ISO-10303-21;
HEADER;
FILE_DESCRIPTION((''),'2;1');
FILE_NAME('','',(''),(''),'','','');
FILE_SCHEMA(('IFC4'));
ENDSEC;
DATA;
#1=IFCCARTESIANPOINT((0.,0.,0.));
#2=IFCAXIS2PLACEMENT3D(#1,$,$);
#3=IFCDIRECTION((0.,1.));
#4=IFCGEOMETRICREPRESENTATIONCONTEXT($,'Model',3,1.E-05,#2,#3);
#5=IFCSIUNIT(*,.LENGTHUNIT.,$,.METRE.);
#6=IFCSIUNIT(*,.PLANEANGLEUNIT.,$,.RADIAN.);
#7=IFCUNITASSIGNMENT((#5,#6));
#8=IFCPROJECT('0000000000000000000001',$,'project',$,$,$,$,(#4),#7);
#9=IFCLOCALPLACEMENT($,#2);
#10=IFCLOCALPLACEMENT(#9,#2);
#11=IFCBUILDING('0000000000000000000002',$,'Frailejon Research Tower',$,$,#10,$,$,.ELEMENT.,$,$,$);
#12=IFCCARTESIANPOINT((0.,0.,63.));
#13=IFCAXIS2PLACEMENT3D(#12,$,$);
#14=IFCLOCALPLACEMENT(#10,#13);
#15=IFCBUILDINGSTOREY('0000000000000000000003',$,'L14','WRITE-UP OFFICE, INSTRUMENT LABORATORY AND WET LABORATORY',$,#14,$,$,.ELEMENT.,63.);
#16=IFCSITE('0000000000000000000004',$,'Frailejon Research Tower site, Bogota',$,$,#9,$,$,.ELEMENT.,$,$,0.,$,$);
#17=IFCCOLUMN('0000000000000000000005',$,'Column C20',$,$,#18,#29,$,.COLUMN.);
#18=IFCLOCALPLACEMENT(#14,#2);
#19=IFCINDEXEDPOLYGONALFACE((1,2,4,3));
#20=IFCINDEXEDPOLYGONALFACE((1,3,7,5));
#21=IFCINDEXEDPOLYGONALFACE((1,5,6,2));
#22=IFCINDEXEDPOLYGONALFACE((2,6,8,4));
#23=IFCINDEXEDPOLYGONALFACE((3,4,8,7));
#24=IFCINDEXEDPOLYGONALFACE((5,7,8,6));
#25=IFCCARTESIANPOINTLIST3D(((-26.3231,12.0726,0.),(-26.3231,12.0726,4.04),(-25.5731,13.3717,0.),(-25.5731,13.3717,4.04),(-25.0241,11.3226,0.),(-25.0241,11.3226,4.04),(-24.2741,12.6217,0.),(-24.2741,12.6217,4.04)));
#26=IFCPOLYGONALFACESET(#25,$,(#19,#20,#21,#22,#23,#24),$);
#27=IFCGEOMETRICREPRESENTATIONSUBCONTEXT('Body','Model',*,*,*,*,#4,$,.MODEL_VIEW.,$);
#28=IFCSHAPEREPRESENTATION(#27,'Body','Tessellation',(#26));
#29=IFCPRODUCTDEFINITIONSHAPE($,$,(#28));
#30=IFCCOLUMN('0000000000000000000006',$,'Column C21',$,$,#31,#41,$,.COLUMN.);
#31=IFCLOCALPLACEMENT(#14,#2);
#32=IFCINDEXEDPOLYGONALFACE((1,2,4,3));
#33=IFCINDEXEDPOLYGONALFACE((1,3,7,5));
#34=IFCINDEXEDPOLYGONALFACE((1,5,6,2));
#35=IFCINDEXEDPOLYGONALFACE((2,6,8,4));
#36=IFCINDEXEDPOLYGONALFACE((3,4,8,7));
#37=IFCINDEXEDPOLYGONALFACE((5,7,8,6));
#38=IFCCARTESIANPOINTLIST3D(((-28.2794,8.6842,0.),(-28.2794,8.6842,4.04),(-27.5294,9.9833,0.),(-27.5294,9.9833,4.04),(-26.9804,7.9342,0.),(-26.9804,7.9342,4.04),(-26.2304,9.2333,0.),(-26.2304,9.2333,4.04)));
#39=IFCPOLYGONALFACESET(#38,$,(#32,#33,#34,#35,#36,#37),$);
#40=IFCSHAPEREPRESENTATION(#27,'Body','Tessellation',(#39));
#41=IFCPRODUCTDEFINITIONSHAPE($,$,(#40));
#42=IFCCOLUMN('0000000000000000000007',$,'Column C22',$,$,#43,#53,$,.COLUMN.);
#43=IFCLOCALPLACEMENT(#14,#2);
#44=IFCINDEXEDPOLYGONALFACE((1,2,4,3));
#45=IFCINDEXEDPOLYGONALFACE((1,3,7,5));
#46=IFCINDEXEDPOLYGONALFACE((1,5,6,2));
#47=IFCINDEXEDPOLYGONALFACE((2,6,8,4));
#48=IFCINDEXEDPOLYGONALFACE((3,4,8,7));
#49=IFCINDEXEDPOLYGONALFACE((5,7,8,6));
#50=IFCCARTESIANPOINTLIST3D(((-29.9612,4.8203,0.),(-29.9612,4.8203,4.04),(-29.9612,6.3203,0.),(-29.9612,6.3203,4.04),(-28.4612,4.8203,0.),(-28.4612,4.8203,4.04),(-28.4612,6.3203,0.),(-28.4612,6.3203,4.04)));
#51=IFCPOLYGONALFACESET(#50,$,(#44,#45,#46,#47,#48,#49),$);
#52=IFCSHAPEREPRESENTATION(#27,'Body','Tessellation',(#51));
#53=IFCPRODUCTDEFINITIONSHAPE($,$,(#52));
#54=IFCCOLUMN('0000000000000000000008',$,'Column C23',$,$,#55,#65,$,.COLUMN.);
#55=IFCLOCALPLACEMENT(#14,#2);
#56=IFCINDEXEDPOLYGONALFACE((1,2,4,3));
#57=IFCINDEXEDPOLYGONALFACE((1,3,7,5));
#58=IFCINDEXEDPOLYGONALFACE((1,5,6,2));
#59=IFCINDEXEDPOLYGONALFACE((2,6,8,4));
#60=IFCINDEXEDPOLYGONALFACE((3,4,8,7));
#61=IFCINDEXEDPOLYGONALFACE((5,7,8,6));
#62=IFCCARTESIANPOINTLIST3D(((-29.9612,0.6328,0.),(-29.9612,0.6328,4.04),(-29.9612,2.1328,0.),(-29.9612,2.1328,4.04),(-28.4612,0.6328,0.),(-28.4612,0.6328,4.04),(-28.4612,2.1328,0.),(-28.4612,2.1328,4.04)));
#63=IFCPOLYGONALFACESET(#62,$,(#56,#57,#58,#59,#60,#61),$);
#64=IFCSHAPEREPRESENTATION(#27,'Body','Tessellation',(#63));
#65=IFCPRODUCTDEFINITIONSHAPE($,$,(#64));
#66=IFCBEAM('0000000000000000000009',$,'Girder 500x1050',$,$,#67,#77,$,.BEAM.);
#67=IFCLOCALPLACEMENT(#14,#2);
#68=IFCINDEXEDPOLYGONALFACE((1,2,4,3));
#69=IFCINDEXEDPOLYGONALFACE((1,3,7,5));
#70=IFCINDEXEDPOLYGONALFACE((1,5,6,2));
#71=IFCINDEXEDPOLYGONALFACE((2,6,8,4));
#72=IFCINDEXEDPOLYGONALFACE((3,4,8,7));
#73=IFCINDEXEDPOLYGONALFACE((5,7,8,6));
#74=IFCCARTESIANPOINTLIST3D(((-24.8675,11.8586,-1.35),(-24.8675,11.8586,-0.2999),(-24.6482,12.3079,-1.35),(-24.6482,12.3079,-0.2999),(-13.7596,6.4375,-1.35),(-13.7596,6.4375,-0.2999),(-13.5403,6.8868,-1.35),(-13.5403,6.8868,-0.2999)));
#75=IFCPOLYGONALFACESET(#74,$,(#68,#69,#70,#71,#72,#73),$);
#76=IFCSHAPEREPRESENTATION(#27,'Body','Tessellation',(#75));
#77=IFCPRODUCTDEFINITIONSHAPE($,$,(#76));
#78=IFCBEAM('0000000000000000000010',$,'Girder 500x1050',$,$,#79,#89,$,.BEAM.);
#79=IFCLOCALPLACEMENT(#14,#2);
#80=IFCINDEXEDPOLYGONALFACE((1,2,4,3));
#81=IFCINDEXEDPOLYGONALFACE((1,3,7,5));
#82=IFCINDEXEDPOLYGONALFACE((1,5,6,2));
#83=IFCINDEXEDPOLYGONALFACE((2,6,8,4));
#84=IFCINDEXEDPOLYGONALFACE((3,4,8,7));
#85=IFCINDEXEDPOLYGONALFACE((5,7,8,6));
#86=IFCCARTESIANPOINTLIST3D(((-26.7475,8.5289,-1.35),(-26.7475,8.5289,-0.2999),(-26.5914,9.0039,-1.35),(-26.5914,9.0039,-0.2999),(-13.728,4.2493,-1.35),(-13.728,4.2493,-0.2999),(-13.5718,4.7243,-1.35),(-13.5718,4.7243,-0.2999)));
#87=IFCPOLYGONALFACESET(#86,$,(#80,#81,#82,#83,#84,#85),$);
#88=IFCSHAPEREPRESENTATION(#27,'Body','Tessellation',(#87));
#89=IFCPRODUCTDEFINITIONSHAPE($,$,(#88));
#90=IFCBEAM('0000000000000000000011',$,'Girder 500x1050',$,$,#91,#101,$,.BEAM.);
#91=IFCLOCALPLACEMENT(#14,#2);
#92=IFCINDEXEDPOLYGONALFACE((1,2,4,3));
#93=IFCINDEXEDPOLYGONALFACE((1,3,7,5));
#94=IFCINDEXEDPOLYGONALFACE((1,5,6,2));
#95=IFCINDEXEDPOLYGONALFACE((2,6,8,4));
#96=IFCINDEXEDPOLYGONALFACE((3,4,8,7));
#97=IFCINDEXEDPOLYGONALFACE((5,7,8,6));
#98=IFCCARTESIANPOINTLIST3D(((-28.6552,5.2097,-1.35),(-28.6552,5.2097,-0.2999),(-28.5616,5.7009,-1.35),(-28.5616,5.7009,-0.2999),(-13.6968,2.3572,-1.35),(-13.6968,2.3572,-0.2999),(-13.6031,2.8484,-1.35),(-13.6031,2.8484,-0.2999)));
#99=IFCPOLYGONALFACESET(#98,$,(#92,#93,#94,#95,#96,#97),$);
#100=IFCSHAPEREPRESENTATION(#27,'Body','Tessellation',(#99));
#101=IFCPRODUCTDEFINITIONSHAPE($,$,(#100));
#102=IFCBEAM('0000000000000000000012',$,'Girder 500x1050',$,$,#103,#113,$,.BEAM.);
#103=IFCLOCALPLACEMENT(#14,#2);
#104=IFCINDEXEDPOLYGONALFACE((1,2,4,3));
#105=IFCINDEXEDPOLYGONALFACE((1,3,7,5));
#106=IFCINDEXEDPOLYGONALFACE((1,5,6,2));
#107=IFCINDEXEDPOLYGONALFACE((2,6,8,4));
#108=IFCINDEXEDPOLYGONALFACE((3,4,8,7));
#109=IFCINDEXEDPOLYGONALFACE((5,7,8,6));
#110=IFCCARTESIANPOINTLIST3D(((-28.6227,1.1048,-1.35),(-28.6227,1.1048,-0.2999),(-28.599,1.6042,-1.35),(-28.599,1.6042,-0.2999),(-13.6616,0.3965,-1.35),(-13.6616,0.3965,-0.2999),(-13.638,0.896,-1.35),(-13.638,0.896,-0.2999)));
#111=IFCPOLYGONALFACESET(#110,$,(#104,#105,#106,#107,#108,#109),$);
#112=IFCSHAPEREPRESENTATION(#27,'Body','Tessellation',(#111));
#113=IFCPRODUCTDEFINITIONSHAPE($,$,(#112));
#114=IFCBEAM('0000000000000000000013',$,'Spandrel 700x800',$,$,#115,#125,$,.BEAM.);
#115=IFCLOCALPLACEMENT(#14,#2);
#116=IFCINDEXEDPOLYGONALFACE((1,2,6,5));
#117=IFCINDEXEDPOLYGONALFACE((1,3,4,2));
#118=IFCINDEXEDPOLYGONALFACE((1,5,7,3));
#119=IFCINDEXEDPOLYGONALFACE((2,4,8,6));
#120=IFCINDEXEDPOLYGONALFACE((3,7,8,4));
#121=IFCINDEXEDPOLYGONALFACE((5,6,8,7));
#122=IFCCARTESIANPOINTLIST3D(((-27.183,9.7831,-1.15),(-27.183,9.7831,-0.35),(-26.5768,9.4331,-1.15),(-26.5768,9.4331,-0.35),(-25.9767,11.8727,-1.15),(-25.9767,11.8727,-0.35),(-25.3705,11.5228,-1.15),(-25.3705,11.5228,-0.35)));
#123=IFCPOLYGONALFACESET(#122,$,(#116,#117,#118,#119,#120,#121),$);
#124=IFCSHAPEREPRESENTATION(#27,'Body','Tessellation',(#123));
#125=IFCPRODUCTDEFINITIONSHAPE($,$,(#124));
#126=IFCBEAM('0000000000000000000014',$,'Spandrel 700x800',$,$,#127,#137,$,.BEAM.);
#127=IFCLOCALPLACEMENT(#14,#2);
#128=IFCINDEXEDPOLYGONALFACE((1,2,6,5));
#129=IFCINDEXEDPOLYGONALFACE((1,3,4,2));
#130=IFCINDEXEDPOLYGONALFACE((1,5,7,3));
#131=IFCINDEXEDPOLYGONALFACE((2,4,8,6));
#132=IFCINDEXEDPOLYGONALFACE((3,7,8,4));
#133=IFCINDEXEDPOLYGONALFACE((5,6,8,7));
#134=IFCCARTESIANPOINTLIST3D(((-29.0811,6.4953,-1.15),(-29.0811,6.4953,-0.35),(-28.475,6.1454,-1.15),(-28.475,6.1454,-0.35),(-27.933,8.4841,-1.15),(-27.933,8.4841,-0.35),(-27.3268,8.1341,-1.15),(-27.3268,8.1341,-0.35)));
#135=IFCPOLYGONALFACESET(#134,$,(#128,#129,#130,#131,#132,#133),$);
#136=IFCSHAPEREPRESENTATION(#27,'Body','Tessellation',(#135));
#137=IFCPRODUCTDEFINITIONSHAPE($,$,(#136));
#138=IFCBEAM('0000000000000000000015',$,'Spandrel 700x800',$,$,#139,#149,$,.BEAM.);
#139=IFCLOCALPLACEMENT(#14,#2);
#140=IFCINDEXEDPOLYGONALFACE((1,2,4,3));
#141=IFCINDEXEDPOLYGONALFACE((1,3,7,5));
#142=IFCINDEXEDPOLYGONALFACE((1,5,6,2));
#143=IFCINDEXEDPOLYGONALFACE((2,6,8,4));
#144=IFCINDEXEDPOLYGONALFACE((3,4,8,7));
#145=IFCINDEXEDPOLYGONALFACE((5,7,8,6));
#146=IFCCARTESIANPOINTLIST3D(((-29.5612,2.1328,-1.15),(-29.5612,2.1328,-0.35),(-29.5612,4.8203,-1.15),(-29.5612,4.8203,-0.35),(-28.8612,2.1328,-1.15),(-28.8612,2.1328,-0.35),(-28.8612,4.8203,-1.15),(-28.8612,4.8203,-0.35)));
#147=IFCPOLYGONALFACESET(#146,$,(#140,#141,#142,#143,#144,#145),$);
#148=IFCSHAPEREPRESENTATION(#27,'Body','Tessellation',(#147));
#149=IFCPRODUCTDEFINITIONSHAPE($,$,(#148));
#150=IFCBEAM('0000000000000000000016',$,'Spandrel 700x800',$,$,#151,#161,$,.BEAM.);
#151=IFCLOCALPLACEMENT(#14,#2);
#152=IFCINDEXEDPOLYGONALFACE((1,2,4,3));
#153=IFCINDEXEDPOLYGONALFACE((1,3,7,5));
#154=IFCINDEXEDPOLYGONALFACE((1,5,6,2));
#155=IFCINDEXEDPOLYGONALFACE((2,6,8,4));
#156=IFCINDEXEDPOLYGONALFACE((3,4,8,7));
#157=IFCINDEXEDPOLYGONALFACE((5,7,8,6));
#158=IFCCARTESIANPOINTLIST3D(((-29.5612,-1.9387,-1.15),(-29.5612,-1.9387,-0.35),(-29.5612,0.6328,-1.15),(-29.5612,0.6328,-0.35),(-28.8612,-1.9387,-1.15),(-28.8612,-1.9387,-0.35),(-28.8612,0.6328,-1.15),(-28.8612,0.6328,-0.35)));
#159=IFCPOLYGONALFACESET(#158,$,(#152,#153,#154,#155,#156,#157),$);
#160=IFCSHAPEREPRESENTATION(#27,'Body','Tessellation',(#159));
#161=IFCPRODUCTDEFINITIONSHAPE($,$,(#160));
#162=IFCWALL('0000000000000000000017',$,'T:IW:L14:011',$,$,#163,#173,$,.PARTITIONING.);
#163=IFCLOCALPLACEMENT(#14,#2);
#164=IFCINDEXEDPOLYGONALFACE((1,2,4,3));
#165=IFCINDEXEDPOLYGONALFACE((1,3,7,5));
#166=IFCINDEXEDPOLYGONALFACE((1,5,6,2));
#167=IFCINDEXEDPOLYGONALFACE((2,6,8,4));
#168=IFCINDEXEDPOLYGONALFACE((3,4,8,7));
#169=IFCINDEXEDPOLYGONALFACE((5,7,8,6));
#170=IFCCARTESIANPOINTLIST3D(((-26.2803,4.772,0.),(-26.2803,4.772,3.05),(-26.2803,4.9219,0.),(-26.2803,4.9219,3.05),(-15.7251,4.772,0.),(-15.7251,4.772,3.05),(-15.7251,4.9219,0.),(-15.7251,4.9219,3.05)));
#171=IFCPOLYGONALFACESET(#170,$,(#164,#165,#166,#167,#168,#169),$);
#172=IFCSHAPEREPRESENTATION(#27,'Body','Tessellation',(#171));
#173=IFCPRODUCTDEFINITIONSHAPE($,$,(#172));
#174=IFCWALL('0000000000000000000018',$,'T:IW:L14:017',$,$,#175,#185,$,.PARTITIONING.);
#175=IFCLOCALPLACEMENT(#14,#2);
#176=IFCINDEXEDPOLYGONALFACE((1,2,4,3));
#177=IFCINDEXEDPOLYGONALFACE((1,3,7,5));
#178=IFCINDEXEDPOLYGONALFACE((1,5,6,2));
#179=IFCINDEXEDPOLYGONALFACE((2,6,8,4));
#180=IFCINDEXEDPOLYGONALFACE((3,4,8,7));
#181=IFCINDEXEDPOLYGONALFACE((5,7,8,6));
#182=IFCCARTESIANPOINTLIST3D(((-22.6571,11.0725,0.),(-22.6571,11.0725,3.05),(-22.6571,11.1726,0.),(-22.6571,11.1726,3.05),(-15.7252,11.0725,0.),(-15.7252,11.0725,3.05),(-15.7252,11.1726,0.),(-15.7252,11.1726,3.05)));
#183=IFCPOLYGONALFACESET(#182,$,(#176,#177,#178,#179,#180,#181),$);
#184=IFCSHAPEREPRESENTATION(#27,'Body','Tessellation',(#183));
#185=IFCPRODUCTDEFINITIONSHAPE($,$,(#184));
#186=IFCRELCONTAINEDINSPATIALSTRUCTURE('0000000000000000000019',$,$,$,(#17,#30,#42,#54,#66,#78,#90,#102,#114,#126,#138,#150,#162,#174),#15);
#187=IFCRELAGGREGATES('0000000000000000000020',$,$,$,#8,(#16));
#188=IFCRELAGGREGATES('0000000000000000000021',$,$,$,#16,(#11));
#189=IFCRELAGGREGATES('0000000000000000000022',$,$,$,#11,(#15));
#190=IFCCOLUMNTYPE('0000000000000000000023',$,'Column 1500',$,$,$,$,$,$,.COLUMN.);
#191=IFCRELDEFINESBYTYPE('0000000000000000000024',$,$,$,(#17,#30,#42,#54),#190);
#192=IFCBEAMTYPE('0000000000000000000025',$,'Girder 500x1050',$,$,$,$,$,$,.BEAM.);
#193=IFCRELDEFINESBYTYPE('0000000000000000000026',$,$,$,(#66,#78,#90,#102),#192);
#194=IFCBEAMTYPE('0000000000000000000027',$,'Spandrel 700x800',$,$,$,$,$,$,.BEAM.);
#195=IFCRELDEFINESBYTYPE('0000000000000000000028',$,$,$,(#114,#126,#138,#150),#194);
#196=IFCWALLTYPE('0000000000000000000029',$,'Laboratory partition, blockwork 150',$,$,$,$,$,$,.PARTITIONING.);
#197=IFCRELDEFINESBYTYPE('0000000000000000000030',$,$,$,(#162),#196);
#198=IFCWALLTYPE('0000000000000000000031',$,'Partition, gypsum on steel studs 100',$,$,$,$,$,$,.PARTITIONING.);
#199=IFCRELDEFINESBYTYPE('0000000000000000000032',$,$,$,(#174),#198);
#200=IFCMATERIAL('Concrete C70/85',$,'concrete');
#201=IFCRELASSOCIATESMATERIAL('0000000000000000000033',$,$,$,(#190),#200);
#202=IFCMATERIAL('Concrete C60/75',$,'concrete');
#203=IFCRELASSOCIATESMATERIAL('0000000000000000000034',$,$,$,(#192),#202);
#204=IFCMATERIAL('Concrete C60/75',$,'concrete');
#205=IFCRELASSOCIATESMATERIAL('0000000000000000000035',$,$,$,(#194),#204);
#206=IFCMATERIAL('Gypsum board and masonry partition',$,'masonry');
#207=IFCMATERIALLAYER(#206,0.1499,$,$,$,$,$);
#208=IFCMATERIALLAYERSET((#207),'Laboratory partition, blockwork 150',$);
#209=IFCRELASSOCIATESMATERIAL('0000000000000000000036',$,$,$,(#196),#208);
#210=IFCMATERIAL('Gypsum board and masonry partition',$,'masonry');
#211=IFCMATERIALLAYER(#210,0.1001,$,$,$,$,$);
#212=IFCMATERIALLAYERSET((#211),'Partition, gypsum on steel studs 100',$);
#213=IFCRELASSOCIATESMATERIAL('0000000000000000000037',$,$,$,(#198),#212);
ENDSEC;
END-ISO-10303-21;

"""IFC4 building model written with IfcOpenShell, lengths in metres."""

from ifc_helpers import new_model, si_unit, direction, frame, frame_2d, origin, origin_2d, place, context, subcontext, project, spatial, rectangle, extrude, material, layer, layer_set, material_profile, profile_set, type_object, element, save


model = new_model("IFC4")

# Units and contexts
model_context = context("Model", 3, precision=1e-05, world=origin(), true_north=direction((0.0, 1.0)))
body_context = subcontext(model_context, "Body", "Model", "MODEL_VIEW")
ifc_project = project(units=[si_unit("LENGTHUNIT", "METRE"), si_unit("PLANEANGLEUNIT", "RADIAN")], contexts=[model_context])

# Site, building, storey
site_placement = place(None, origin())
site = spatial("IfcSite", under=ifc_project, at=site_placement, Name="Frailejon Research Tower site, Bogota", CompositionType="ELEMENT", RefElevation=0.0)
building_placement = place(site_placement, origin())
building = spatial("IfcBuilding", under=site, at=building_placement, Name="Frailejon Research Tower", CompositionType="ELEMENT")
storey_placement = place(building_placement, frame((0.0, 0.0, 63.0)))
storey = spatial("IfcBuildingStorey", under=building, at=storey_placement, Name="L14", Description="WRITE-UP OFFICE, INSTRUMENT LABORATORY AND WET LABORATORY", CompositionType="ELEMENT", Elevation=63.0)

# Columns
ifc_material_1 = material(Name="Concrete C70/85", Category="concrete")
ifc_material_profile_1 = material_profile(ifc_material_1, rectangle(XDim=1.5, YDim=1.5, at=origin_2d()), Name="Column 1500")
ifc_profile_set_1 = profile_set([ifc_material_profile_1], Name="Concrete C70/85")
column_type = type_object("IfcColumnType", Name="Column 1500", PredefinedType="COLUMN", material=ifc_profile_set_1)
for number, where, z_axis, x_axis, name in (
    (1, (-25.2986, 12.3472, 0.0), (0.0, 0.0, 1.0), (-0.5, -0.866025, 0.0), "Column C20"),
    (2, (-27.2549, 8.9587, 0.0), (0.0, 0.0, 1.0), (-0.5, -0.866025, 0.0), "Column C21"),
    (3, (-29.2112, 5.5703, 0.0), (0.0, 0.0, 1.0), (0.0, -1.0, 0.0), "Column C22"),
    (4, (-29.2112, 1.3828, 0.0), (0.0, 0.0, 1.0), (0.0, -1.0, 0.0), "Column C23"),
):
    element("IfcColumn", number, at=place(storey_placement, frame(where, z_axis=z_axis, x_axis=x_axis)), inside=storey, type_object=column_type, Name=name, PredefinedType="COLUMN", context=body_context, shape_type="SweptSolid", body=[
        extrude(rectangle(XDim=1.5, YDim=1.5, at=origin_2d()), origin(), (0.0, 0.0, 1.0), 4.04),
    ])

# Beams
ifc_material_2 = material(Name="Concrete C60/75", Category="concrete")
ifc_material_profile_2 = material_profile(ifc_material_2, rectangle(XDim=0.5, YDim=1.05, at=origin_2d()), Name="Girder 500x1050")
ifc_profile_set_2 = profile_set([ifc_material_profile_2], Name="Concrete C60/75")
beam_type_1 = type_object("IfcBeamType", Name="Girder 500x1050", PredefinedType="BEAM", material=ifc_profile_set_2)
beam_1_placement = place(storey_placement, frame((-24.7578, 12.0833, -0.825), z_axis=(0.898684, -0.438597, 0.0), x_axis=(0.438597, 0.898684, 0.0)))
element("IfcBeam", 5, at=beam_1_placement, inside=storey, type_object=beam_type_1, Name="Girder 500x1050", PredefinedType="BEAM", context=body_context, shape_type="SweptSolid", body=[
    extrude(rectangle(XDim=0.5, YDim=1.05, at=origin_2d()), origin(), (0.0, 0.0, 1.0), 12.3601),
])
beam_2_placement = place(storey_placement, frame((-26.6694, 8.7664, -0.825), z_axis=(0.949995, -0.312265, 0.0), x_axis=(0.312265, 0.949995, 0.0)))
element("IfcBeam", 6, at=beam_2_placement, inside=storey, type_object=beam_type_1, Name="Girder 500x1050", PredefinedType="BEAM", context=body_context, shape_type="SweptSolid", body=[
    extrude(rectangle(XDim=0.5, YDim=1.05, at=origin_2d()), origin(), (0.0, 0.0, 1.0), 13.7048),
])
beam_3_placement = place(storey_placement, frame((-28.6084, 5.4553, -0.825), z_axis=(0.982299, -0.187321, 0.0), x_axis=(0.187321, 0.982299, 0.0)))
element("IfcBeam", 7, at=beam_3_placement, inside=storey, type_object=beam_type_1, Name="Girder 500x1050", PredefinedType="BEAM", context=body_context, shape_type="SweptSolid", body=[
    extrude(rectangle(XDim=0.5, YDim=1.05, at=origin_2d()), origin(), (0.0, 0.0, 1.0), 15.228),
])
beam_4_placement = place(storey_placement, frame((-28.6108, 1.3545, -0.825), z_axis=(0.998881, -0.047287, 0.0), x_axis=(0.047287, 0.998881, 0.0)))
element("IfcBeam", 8, at=beam_4_placement, inside=storey, type_object=beam_type_1, Name="Girder 500x1050", PredefinedType="BEAM", context=body_context, shape_type="SweptSolid", body=[
    extrude(rectangle(XDim=0.5, YDim=1.05, at=origin_2d()), origin(), (0.0, 0.0, 1.0), 14.9778),
])
ifc_material_3 = material(Name="Concrete C60/75", Category="concrete")
ifc_material_profile_3 = material_profile(ifc_material_3, rectangle(XDim=0.7, YDim=0.8, at=origin_2d()), Name="Spandrel 700x800")
ifc_profile_set_3 = profile_set([ifc_material_profile_3], Name="Concrete C60/75")
beam_type_2 = type_object("IfcBeamType", Name="Spandrel 700x800", PredefinedType="BEAM", material=ifc_profile_set_3)
beam_5_placement = place(storey_placement, frame((-25.6736, 11.6978, -0.75), z_axis=(-0.499959, -0.866049, 0.0), x_axis=(0.866049, -0.499959, 0.0)))
element("IfcBeam", 9, at=beam_5_placement, inside=storey, type_object=beam_type_2, Name="Spandrel 700x800", PredefinedType="BEAM", context=body_context, shape_type="SweptSolid", body=[
    extrude(rectangle(XDim=0.7, YDim=0.8, at=origin_2d()), origin(), (0.0, 0.0, 1.0), 2.4128),
])
beam_6_placement = place(storey_placement, frame((-27.6299, 8.3091, -0.75), z_axis=(-0.499992, -0.86603, 0.0), x_axis=(0.86603, -0.499992, 0.0)))
element("IfcBeam", 10, at=beam_6_placement, inside=storey, type_object=beam_type_2, Name="Spandrel 700x800", PredefinedType="BEAM", context=body_context, shape_type="SweptSolid", body=[
    extrude(rectangle(XDim=0.7, YDim=0.8, at=origin_2d()), origin(), (0.0, 0.0, 1.0), 2.2964),
])
beam_7_placement = place(storey_placement, frame((-29.2112, 4.8203, -0.75), z_axis=(0.0, -1.0, 0.0), x_axis=(1.0, 0.0, 0.0)))
element("IfcBeam", 11, at=beam_7_placement, inside=storey, type_object=beam_type_2, Name="Spandrel 700x800", PredefinedType="BEAM", context=body_context, shape_type="SweptSolid", body=[
    extrude(rectangle(XDim=0.7, YDim=0.8, at=origin_2d()), origin(), (0.0, 0.0, 1.0), 2.6875),
])
beam_8_placement = place(storey_placement, frame((-29.2112, 0.6328, -0.75), z_axis=(0.0, -1.0, 0.0), x_axis=(1.0, 0.0, 0.0)))
element("IfcBeam", 12, at=beam_8_placement, inside=storey, type_object=beam_type_2, Name="Spandrel 700x800", PredefinedType="BEAM", context=body_context, shape_type="SweptSolid", body=[
    extrude(rectangle(XDim=0.7, YDim=0.8, at=origin_2d()), origin(), (0.0, 0.0, 1.0), 2.5715),
])

# Walls
ifc_material_4 = material(Name="Gypsum board and masonry partition", Category="masonry")
ifc_layer_1 = layer(ifc_material_4, 0.1499)
ifc_layer_set_1 = layer_set([ifc_layer_1], Name="Laboratory partition, blockwork 150")
wall_type_1 = type_object("IfcWallType", Name="Laboratory partition, blockwork 150", PredefinedType="PARTITIONING", material=ifc_layer_set_1)
wall_1_placement = place(storey_placement, frame((-26.2803, 4.8469, 0.0), z_axis=(0.0, 0.0, 1.0), x_axis=(1.0, 0.0, 0.0)))
element("IfcWall", 13, at=wall_1_placement, inside=storey, type_object=wall_type_1, Name="T:IW:L14:011", PredefinedType="PARTITIONING", context=body_context, shape_type="SweptSolid", body=[
    extrude(rectangle(XDim=10.5552, YDim=0.1499, at=frame_2d((5.2776, 0.0))), origin(), (0.0, 0.0, 1.0), 3.05),
])
ifc_material_5 = material(Name="Gypsum board and masonry partition", Category="masonry")
ifc_layer_2 = layer(ifc_material_5, 0.1001)
ifc_layer_set_2 = layer_set([ifc_layer_2], Name="Partition, gypsum on steel studs 100")
wall_type_2 = type_object("IfcWallType", Name="Partition, gypsum on steel studs 100", PredefinedType="PARTITIONING", material=ifc_layer_set_2)
wall_2_placement = place(storey_placement, frame((-22.657, 11.1226, 0.0), z_axis=(0.0, 0.0, 1.0), x_axis=(1.0, 0.0, 0.0)))
element("IfcWall", 14, at=wall_2_placement, inside=storey, type_object=wall_type_2, Name="T:IW:L14:017", PredefinedType="PARTITIONING", context=body_context, shape_type="SweptSolid", body=[
    extrude(rectangle(XDim=6.9319, YDim=0.1001, at=frame_2d((3.4658, 0.0))), origin(), (0.0, 0.0, 1.0), 3.05),
])

save(model, "model.ifc")
